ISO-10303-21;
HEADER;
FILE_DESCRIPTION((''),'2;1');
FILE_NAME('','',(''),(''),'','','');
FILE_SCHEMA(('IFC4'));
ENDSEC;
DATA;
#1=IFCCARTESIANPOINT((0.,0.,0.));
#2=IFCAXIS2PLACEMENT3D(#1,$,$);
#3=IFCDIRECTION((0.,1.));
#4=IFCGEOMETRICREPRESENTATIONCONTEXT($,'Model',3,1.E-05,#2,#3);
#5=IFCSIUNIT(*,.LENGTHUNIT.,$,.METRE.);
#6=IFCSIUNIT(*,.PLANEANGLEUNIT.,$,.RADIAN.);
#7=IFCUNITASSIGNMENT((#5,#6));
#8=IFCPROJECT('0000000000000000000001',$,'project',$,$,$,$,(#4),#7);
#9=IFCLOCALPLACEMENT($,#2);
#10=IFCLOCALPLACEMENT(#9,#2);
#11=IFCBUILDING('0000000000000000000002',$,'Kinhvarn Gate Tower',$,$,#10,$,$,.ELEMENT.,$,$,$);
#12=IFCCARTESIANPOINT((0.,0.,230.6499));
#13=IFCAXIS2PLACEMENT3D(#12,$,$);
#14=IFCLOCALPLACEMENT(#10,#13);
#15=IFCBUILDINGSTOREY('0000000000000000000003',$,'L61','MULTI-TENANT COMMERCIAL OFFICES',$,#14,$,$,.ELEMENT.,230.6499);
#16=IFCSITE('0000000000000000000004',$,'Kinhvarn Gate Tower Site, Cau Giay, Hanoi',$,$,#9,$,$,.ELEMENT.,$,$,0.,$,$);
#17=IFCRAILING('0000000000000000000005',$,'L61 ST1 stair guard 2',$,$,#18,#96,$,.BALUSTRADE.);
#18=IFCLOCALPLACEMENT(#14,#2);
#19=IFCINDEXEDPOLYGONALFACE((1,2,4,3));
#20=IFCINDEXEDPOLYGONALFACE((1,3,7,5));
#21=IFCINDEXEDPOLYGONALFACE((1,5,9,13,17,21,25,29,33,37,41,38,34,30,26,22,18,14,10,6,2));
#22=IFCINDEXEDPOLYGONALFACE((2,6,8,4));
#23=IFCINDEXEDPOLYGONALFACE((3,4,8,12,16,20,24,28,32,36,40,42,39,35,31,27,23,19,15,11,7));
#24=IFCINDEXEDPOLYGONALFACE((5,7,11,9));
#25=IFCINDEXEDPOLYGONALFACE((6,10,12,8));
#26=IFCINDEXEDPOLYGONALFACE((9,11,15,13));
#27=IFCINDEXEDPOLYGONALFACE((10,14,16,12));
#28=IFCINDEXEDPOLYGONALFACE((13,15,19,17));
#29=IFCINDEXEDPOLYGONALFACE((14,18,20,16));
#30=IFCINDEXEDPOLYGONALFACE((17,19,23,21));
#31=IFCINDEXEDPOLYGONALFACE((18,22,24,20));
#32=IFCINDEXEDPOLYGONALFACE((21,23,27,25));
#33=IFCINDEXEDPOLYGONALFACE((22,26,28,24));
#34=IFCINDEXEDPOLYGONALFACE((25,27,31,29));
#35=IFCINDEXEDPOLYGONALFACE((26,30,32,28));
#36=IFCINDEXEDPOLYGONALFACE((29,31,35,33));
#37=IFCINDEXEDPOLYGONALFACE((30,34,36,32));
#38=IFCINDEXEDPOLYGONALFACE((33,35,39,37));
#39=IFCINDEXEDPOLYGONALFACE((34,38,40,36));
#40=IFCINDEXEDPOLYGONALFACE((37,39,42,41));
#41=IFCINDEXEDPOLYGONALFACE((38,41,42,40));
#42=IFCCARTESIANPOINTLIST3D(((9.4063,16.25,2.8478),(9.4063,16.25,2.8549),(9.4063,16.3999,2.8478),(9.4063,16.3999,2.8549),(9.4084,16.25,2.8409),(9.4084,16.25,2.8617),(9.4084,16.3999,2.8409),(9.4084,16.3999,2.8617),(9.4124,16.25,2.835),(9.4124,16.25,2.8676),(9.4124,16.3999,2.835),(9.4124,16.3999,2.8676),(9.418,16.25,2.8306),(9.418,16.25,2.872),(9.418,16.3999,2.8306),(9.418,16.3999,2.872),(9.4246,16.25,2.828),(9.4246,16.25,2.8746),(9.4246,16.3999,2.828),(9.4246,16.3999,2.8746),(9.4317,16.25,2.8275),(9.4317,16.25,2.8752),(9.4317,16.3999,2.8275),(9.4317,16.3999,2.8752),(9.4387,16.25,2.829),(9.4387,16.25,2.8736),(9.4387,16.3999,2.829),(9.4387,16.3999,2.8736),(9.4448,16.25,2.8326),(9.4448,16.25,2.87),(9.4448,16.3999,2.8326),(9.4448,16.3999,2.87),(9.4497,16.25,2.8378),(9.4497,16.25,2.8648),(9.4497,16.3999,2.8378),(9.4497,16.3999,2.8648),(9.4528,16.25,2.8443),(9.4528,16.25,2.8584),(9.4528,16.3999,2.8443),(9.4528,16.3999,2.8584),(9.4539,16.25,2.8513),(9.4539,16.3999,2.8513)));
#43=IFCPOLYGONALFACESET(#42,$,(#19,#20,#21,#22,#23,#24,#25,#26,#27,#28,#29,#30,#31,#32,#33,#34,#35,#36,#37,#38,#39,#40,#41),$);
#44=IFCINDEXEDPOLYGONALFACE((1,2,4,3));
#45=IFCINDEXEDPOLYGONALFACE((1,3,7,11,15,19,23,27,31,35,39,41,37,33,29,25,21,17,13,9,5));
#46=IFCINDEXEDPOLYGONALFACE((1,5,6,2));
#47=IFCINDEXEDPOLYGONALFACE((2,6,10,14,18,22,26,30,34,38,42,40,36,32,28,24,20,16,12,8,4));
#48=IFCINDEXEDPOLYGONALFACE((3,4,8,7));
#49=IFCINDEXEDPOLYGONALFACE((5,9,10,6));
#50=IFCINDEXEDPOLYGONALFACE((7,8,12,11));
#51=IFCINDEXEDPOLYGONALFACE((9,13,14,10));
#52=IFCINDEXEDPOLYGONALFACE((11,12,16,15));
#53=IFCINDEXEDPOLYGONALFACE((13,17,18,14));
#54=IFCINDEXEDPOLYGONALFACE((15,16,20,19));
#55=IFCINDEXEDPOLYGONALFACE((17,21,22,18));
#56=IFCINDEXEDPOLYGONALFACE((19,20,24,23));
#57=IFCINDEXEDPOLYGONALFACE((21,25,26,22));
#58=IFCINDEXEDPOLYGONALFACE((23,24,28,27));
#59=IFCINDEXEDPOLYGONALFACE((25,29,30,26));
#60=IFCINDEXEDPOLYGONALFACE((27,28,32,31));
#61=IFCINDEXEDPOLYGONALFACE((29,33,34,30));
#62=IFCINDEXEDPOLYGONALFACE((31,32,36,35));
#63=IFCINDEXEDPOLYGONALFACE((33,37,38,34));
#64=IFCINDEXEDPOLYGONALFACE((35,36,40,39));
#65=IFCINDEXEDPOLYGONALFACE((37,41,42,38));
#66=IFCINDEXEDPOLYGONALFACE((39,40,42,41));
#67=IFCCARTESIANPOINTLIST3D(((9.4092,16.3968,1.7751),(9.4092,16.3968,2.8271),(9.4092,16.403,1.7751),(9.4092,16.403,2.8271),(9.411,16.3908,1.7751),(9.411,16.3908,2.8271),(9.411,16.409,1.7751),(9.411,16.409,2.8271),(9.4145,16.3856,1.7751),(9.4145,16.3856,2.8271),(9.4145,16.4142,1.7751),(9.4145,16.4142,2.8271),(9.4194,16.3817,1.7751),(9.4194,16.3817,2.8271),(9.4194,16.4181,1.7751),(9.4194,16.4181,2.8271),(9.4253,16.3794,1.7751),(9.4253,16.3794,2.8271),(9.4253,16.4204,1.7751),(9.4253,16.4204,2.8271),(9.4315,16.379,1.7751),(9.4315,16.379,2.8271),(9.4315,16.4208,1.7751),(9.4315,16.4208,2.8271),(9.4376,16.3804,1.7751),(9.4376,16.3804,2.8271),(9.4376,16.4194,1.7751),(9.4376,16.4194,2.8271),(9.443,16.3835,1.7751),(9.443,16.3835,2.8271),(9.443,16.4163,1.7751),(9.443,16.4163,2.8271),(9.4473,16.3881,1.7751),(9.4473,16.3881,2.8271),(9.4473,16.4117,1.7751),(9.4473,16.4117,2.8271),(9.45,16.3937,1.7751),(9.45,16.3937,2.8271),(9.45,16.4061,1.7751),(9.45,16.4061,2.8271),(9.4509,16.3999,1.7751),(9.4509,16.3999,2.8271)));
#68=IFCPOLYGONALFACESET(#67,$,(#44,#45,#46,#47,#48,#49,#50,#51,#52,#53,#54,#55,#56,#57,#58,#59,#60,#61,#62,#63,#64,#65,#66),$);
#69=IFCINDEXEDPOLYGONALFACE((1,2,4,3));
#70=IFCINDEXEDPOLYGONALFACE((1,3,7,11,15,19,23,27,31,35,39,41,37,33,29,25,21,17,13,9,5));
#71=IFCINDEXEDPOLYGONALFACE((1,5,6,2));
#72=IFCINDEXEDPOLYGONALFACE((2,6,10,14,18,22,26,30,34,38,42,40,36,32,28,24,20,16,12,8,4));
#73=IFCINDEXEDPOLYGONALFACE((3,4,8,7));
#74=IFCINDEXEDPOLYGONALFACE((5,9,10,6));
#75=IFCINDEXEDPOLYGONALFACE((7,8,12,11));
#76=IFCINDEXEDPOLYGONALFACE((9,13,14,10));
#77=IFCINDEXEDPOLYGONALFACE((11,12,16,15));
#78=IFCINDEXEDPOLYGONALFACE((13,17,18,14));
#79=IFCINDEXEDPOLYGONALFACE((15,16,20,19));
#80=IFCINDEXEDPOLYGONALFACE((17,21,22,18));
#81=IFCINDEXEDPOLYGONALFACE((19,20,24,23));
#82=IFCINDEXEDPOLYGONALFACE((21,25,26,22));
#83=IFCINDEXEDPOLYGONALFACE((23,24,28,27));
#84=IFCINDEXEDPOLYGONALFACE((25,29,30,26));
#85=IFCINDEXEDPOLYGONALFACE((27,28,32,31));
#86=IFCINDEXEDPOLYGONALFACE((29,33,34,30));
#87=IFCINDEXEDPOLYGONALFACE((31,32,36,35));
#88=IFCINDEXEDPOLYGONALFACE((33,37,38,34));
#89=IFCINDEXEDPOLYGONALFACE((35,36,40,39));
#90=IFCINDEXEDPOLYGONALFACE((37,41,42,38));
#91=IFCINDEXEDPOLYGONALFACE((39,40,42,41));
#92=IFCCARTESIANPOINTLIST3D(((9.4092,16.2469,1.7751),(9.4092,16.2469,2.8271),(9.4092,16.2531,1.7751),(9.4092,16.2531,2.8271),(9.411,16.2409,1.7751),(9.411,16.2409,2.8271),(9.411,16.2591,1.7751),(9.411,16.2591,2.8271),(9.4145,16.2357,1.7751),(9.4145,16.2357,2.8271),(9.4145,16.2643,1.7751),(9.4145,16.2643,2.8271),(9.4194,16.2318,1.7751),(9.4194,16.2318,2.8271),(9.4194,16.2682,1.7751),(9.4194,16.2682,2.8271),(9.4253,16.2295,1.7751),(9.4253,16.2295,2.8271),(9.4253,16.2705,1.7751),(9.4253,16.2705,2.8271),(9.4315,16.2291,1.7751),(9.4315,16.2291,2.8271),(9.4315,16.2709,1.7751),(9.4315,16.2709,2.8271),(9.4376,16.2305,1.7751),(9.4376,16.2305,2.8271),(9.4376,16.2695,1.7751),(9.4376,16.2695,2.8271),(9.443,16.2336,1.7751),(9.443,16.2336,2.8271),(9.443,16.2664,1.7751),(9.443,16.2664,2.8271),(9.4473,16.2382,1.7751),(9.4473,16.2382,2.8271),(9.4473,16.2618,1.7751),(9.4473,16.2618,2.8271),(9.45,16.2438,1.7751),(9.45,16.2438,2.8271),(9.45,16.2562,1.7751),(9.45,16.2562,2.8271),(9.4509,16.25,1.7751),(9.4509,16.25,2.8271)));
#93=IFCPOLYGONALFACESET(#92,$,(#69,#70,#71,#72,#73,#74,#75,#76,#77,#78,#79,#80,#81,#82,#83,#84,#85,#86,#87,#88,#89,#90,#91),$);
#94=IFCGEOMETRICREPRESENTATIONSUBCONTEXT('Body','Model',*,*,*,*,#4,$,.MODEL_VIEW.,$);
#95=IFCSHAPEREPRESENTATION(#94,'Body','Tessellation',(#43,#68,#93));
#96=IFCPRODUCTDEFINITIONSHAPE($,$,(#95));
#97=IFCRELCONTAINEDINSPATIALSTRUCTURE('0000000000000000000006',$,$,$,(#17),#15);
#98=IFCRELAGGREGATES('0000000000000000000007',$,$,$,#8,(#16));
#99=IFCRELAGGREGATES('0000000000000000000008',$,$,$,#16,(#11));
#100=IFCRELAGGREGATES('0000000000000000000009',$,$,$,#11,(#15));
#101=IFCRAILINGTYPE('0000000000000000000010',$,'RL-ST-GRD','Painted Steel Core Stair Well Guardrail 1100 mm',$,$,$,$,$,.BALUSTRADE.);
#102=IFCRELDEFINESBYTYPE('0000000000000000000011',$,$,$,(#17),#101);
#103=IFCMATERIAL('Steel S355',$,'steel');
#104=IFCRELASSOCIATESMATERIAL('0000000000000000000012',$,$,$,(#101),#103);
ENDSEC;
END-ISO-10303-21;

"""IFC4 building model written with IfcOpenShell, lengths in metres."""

from ifc_helpers import new_model, si_unit, direction, frame, origin, origin_2d, place, context, subcontext, project, spatial, circle, extrude, material, type_object, element, save


model = new_model("IFC4")

# Units and contexts
model_context = context("Model", 3, precision=1e-05, world=origin(), true_north=direction((0.0, 1.0)))
body_context = subcontext(model_context, "Body", "Model", "MODEL_VIEW")
ifc_project = project(units=[si_unit("LENGTHUNIT", "METRE"), si_unit("PLANEANGLEUNIT", "RADIAN")], contexts=[model_context])

# Site, building, storey
site_placement = place(None, origin())
site = spatial("IfcSite", under=ifc_project, at=site_placement, Name="Kinhvarn Gate Tower Site, Cau Giay, Hanoi", CompositionType="ELEMENT", RefElevation=0.0)
building_placement = place(site_placement, origin())
building = spatial("IfcBuilding", under=site, at=building_placement, Name="Kinhvarn Gate Tower", CompositionType="ELEMENT")
storey_placement = place(building_placement, frame((0.0, 0.0, 230.6499)))
storey = spatial("IfcBuildingStorey", under=building, at=storey_placement, Name="L61", Description="MULTI-TENANT COMMERCIAL OFFICES", CompositionType="ELEMENT", Elevation=230.6499)

# Shared definitions
ifc_material_1 = material(Name="Steel S355", Category="steel")

# Railing
railing_type_1 = type_object("IfcRailingType", Name="RL-ST-GRD", Description="Painted Steel Core Stair Well Guardrail 1100 mm", PredefinedType="BALUSTRADE", material=ifc_material_1)
railing_1_placement = place(storey_placement, frame((9.4299, 16.3999, 1.7751)))
element("IfcRailing", 1, at=railing_1_placement, inside=storey, type_object=railing_type_1, Name="L61 ST1 stair guard 2", PredefinedType="BALUSTRADE", context=body_context, shape_type="SweptSolid", body=[
    extrude(circle(Radius=0.0239, at=origin_2d()), frame((0.0, 0.0, 1.0762), z_axis=(0.0, -1.0, 0.0), x_axis=(1.0, 0.0, 0.0)), (0.0, 0.0, 1.0), 0.1499),
    extrude(circle(Radius=0.021, at=origin_2d()), origin(), (0.0, 0.0, 1.0), 1.052),
    extrude(circle(Radius=0.021, at=origin_2d()), frame((0.0, -0.1499, 0.0)), (0.0, 0.0, 1.0), 1.052),
])

save(model, "model.ifc")
